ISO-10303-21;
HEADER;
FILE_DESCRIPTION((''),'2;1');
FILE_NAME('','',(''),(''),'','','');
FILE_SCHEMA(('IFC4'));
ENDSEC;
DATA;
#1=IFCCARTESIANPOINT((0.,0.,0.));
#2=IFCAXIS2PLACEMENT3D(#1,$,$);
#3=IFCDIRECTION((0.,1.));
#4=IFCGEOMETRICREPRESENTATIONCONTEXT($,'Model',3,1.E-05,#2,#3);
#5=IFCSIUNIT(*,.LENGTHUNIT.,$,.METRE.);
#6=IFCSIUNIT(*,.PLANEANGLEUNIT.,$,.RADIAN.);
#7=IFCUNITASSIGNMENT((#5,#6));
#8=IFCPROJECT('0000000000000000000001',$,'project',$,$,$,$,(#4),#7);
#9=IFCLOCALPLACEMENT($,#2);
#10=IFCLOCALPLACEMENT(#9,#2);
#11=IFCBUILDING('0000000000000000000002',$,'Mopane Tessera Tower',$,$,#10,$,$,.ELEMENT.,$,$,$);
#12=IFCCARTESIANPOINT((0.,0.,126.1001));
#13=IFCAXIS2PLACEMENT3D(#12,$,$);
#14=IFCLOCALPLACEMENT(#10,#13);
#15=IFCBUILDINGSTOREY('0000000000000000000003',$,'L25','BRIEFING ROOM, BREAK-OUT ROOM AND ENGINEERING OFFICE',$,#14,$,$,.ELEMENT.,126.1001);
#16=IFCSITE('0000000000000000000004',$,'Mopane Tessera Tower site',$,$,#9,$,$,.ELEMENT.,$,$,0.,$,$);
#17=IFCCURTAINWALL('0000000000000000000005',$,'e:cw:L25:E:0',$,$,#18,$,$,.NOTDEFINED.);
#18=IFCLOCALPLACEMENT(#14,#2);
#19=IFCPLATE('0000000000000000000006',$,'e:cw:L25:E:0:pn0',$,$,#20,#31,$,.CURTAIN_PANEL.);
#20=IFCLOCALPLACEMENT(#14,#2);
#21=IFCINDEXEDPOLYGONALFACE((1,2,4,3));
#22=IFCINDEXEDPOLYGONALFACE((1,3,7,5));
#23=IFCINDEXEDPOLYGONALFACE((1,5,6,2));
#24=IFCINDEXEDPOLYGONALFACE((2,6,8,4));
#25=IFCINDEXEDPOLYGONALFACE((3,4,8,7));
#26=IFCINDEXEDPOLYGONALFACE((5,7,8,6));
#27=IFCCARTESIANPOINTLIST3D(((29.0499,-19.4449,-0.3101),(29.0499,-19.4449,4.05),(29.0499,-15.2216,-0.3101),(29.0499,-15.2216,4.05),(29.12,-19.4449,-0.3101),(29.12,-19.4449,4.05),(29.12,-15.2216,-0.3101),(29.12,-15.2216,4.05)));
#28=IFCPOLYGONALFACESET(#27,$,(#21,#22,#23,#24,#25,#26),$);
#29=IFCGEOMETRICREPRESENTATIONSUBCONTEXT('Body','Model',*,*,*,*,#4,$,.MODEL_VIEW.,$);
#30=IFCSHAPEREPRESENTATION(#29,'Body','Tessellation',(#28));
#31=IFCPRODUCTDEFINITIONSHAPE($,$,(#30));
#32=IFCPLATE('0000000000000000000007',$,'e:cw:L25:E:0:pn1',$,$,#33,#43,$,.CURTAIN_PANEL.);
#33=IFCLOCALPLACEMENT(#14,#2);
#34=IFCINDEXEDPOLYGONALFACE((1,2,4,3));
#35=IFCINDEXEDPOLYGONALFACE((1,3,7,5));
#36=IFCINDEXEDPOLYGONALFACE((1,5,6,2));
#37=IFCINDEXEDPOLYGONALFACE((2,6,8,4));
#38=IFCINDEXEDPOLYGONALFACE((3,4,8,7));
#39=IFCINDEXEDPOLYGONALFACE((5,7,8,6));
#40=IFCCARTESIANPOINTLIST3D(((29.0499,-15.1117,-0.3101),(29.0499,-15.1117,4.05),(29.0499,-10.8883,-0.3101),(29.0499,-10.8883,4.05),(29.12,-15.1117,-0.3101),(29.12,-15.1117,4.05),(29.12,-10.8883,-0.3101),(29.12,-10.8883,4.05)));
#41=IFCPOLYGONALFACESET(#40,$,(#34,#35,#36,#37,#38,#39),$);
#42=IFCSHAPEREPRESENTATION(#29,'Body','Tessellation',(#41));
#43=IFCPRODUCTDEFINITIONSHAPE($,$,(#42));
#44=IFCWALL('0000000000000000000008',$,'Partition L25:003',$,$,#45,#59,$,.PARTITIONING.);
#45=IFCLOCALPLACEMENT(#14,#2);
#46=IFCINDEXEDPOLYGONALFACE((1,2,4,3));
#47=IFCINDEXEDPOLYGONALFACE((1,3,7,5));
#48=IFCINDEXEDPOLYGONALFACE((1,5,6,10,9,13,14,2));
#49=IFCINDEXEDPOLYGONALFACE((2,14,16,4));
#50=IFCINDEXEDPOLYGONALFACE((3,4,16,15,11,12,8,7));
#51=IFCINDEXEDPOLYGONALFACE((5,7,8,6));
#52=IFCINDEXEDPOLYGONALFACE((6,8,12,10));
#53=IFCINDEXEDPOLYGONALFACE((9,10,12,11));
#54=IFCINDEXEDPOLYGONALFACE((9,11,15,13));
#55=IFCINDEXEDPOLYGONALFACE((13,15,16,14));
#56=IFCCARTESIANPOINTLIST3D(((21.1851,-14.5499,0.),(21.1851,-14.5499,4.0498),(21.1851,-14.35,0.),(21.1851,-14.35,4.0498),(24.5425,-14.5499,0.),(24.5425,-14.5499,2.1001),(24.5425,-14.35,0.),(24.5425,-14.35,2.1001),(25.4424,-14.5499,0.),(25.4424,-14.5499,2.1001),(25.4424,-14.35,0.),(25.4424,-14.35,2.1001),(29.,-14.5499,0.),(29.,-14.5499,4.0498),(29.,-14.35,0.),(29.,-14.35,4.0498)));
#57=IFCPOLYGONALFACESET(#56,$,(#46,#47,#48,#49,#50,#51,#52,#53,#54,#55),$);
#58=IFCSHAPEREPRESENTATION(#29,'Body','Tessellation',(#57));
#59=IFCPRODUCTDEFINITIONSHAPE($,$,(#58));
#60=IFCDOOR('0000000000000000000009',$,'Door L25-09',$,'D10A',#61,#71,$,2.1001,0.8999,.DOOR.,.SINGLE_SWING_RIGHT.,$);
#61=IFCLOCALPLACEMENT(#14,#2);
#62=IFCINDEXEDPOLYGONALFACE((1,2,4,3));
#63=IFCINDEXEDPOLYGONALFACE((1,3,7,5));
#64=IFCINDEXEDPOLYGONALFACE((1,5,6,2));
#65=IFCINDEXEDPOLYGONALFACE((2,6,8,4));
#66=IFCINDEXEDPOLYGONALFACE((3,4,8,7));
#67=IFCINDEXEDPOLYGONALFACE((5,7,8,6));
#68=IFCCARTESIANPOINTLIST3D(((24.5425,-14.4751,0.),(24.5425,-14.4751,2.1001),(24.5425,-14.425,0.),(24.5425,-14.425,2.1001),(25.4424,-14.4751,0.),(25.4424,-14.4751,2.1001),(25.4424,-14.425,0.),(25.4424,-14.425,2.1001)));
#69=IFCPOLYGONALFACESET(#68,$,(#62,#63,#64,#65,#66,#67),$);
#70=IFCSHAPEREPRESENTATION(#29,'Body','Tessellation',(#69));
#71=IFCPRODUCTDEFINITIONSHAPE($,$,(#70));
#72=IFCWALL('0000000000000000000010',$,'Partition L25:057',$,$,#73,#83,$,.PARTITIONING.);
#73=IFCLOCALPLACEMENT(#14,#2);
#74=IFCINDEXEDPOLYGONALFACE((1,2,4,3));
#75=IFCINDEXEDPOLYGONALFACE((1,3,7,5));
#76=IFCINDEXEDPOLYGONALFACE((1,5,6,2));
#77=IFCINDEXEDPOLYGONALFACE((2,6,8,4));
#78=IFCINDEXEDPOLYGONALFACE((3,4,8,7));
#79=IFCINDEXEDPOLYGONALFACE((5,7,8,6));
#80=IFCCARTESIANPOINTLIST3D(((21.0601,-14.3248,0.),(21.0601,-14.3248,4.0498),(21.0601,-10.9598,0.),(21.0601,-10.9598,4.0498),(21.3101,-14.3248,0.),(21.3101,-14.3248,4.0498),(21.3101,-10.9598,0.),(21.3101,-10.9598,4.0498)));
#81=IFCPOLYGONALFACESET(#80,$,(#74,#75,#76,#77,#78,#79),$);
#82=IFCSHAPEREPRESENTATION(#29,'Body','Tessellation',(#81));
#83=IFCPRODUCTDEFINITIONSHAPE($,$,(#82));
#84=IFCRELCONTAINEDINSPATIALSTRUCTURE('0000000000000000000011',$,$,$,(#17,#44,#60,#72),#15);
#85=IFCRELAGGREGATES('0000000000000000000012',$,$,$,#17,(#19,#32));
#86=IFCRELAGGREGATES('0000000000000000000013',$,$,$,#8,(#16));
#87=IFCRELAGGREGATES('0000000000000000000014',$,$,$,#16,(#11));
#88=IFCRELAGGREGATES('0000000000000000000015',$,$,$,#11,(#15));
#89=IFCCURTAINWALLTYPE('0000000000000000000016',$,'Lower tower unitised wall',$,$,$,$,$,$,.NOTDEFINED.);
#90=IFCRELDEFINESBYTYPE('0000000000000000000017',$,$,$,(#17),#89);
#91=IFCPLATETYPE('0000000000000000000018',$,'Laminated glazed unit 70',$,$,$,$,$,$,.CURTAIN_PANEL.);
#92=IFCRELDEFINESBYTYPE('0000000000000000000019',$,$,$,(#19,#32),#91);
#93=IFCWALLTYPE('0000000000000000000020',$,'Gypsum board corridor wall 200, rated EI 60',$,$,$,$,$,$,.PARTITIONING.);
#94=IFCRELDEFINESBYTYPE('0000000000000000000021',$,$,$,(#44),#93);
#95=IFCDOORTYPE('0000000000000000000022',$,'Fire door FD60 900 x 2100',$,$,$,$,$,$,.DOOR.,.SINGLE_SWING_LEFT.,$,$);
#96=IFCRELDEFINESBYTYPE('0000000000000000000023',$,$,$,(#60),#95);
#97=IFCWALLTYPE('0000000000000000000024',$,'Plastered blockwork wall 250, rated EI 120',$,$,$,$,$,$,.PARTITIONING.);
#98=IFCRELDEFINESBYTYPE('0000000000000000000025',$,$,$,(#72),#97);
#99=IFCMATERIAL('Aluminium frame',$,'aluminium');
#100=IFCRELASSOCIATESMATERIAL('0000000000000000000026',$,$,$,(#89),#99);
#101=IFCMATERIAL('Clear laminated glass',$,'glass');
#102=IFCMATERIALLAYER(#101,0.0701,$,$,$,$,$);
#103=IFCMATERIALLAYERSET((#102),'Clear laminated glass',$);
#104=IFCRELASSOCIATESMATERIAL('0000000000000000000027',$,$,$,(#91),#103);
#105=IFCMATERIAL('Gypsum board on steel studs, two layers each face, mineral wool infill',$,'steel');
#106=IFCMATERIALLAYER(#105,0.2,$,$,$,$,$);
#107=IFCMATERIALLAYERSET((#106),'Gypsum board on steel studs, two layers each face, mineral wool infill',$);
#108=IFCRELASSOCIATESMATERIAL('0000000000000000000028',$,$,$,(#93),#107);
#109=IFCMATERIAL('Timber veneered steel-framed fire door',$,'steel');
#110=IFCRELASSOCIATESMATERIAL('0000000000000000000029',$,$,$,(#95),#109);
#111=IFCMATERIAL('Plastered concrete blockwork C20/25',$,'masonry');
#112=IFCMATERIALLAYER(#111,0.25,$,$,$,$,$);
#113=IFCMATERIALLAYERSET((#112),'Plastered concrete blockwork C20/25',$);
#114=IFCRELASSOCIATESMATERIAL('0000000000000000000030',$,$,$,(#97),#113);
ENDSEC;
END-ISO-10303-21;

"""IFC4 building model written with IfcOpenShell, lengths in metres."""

from ifc_helpers import new_model, si_unit, direction, frame, frame_2d, origin, origin_2d, place, context, subcontext, project, spatial, rectangle, extrude, material, layer, layer_set, type_object, element, fill, aggregate, save


model = new_model("IFC4")

# Units and contexts
model_context = context("Model", 3, precision=1e-05, world=origin(), true_north=direction((0.0, 1.0)))
body_context = subcontext(model_context, "Body", "Model", "MODEL_VIEW")
ifc_project = project(units=[si_unit("LENGTHUNIT", "METRE"), si_unit("PLANEANGLEUNIT", "RADIAN")], contexts=[model_context])

# Site, building, storey
site_placement = place(None, origin())
site = spatial("IfcSite", under=ifc_project, at=site_placement, Name="Mopane Tessera Tower site", CompositionType="ELEMENT", RefElevation=0.0)
building_placement = place(site_placement, origin())
building = spatial("IfcBuilding", under=site, at=building_placement, Name="Mopane Tessera Tower", CompositionType="ELEMENT")
storey_placement = place(building_placement, frame((0.0, 0.0, 126.1001)))
storey = spatial("IfcBuildingStorey", under=building, at=storey_placement, Name="L25", Description="BRIEFING ROOM, BREAK-OUT ROOM AND ENGINEERING OFFICE", CompositionType="ELEMENT", Elevation=126.1001)

# Curtain wall
ifc_material_1 = material(Name="Aluminium frame", Category="aluminium")
curtain_wall_type = type_object("IfcCurtainWallType", Name="Lower tower unitised wall", PredefinedType="NOTDEFINED", material=ifc_material_1)
curtain_wall_1_placement = place(storey_placement, origin())
curtain_wall_1 = element("IfcCurtainWall", 1, at=curtain_wall_1_placement, inside=storey, type_object=curtain_wall_type, Name="e:cw:L25:E:0", PredefinedType="NOTDEFINED")

# Plates
ifc_material_2 = material(Name="Clear laminated glass", Category="glass")
ifc_layer_1 = layer(ifc_material_2, 0.0701)
ifc_layer_set_1 = layer_set([ifc_layer_1], Name="Clear laminated glass")
plate_type = type_object("IfcPlateType", Name="Laminated glazed unit 70", PredefinedType="CURTAIN_PANEL", material=ifc_layer_set_1)
plate_1_placement = place(storey_placement, frame((29.085, -17.3333, -0.3101), z_axis=(0.0, 0.0, 1.0), x_axis=(0.0, 1.0, 0.0)))
plate_1 = element("IfcPlate", 2, at=plate_1_placement, type_object=plate_type, Name="e:cw:L25:E:0:pn0", PredefinedType="CURTAIN_PANEL", context=body_context, shape_type="SweptSolid", body=[
    extrude(rectangle(XDim=4.2234, YDim=0.0701, at=origin_2d()), origin(), (0.0, 0.0, 1.0), 4.3601),
])
plate_2_placement = place(storey_placement, frame((29.085, -13.0, -0.3101), z_axis=(0.0, 0.0, 1.0), x_axis=(0.0, 1.0, 0.0)))
plate_2 = element("IfcPlate", 3, at=plate_2_placement, type_object=plate_type, Name="e:cw:L25:E:0:pn1", PredefinedType="CURTAIN_PANEL", context=body_context, shape_type="SweptSolid", body=[
    extrude(rectangle(XDim=4.2234, YDim=0.0701, at=origin_2d()), origin(), (0.0, 0.0, 1.0), 4.3601),
])
aggregate(curtain_wall_1, [plate_1, plate_2])

# Wall, opening, door
ifc_material_3 = material(Name="Gypsum board on steel studs, two layers each face, mineral wool infill", Category="steel")
ifc_layer_2 = layer(ifc_material_3, 0.2)
ifc_layer_set_2 = layer_set([ifc_layer_2], Name="Gypsum board on steel studs, two layers each face, mineral wool infill")
wall_type_1 = type_object("IfcWallType", Name="Gypsum board corridor wall 200, rated EI 60", PredefinedType="PARTITIONING", material=ifc_layer_set_2)
wall_1_placement = place(storey_placement, frame((21.1851, -14.45, 0.0), z_axis=(0.0, 0.0, 1.0), x_axis=(1.0, 0.0, 0.0)))
wall_1 = element("IfcWall", 4, at=wall_1_placement, inside=storey, type_object=wall_type_1, Name="Partition L25:003", PredefinedType="PARTITIONING", context=body_context, shape_type="SweptSolid", body=[
    extrude(rectangle(XDim=7.8149, YDim=0.2, at=frame_2d((3.9075, 0.0))), origin(), (0.0, 0.0, 1.0), 4.0498),
])
opening_placement = place(wall_1_placement, frame((3.3574, 0.0, 0.0)))
opening = element("IfcOpeningElement", 5, at=opening_placement, cuts=wall_1, PredefinedType="OPENING", context=body_context, shape_type="SweptSolid", body=[
    extrude(rectangle(XDim=0.8999, YDim=2.1001, at=frame_2d((0.45, 1.05))), frame((0.0, 0.1121, 0.0), z_axis=(0.0, -1.0, 0.0), x_axis=(1.0, 0.0, 0.0)), (0.0, 0.0, 1.0), 0.2239),
])
ifc_material_4 = material(Name="Timber veneered steel-framed fire door", Category="steel")
door_type = type_object("IfcDoorType", Name="Fire door FD60 900 x 2100", OperationType="SINGLE_SWING_LEFT", PredefinedType="DOOR", material=ifc_material_4)
door_placement = place(opening_placement, origin())
door = element("IfcDoor", 6, at=door_placement, inside=storey, type_object=door_type, Name="Door L25-09", ObjectType="D10A", OperationType="SINGLE_SWING_RIGHT", OverallHeight=2.1001, OverallWidth=0.8999, PredefinedType="DOOR", context=body_context, shape_type="SweptSolid", body=[
    extrude(rectangle(XDim=0.8999, YDim=2.1001, at=frame_2d((0.45, 1.05))), frame((0.0, 0.0249, 0.0), z_axis=(0.0, -1.0, 0.0), x_axis=(1.0, 0.0, 0.0)), (0.0, 0.0, 1.0), 0.05),
])
fill(opening, door)

# Wall
ifc_material_5 = material(Name="Plastered concrete blockwork C20/25", Category="masonry")
ifc_layer_3 = layer(ifc_material_5, 0.25)
ifc_layer_set_3 = layer_set([ifc_layer_3], Name="Plastered concrete blockwork C20/25")
wall_type_2 = type_object("IfcWallType", Name="Plastered blockwork wall 250, rated EI 120", PredefinedType="PARTITIONING", material=ifc_layer_set_3)
wall_2_placement = place(storey_placement, frame((21.1851, -14.325, 0.0), z_axis=(0.0, 0.0, 1.0), x_axis=(0.0, 1.0, 0.0)))
element("IfcWall", 7, at=wall_2_placement, inside=storey, type_object=wall_type_2, Name="Partition L25:057", PredefinedType="PARTITIONING", context=body_context, shape_type="SweptSolid", body=[
    extrude(rectangle(XDim=3.365, YDim=0.25, at=frame_2d((1.6826, 0.0))), origin(), (0.0, 0.0, 1.0), 4.0498),
])

save(model, "model.ifc")
